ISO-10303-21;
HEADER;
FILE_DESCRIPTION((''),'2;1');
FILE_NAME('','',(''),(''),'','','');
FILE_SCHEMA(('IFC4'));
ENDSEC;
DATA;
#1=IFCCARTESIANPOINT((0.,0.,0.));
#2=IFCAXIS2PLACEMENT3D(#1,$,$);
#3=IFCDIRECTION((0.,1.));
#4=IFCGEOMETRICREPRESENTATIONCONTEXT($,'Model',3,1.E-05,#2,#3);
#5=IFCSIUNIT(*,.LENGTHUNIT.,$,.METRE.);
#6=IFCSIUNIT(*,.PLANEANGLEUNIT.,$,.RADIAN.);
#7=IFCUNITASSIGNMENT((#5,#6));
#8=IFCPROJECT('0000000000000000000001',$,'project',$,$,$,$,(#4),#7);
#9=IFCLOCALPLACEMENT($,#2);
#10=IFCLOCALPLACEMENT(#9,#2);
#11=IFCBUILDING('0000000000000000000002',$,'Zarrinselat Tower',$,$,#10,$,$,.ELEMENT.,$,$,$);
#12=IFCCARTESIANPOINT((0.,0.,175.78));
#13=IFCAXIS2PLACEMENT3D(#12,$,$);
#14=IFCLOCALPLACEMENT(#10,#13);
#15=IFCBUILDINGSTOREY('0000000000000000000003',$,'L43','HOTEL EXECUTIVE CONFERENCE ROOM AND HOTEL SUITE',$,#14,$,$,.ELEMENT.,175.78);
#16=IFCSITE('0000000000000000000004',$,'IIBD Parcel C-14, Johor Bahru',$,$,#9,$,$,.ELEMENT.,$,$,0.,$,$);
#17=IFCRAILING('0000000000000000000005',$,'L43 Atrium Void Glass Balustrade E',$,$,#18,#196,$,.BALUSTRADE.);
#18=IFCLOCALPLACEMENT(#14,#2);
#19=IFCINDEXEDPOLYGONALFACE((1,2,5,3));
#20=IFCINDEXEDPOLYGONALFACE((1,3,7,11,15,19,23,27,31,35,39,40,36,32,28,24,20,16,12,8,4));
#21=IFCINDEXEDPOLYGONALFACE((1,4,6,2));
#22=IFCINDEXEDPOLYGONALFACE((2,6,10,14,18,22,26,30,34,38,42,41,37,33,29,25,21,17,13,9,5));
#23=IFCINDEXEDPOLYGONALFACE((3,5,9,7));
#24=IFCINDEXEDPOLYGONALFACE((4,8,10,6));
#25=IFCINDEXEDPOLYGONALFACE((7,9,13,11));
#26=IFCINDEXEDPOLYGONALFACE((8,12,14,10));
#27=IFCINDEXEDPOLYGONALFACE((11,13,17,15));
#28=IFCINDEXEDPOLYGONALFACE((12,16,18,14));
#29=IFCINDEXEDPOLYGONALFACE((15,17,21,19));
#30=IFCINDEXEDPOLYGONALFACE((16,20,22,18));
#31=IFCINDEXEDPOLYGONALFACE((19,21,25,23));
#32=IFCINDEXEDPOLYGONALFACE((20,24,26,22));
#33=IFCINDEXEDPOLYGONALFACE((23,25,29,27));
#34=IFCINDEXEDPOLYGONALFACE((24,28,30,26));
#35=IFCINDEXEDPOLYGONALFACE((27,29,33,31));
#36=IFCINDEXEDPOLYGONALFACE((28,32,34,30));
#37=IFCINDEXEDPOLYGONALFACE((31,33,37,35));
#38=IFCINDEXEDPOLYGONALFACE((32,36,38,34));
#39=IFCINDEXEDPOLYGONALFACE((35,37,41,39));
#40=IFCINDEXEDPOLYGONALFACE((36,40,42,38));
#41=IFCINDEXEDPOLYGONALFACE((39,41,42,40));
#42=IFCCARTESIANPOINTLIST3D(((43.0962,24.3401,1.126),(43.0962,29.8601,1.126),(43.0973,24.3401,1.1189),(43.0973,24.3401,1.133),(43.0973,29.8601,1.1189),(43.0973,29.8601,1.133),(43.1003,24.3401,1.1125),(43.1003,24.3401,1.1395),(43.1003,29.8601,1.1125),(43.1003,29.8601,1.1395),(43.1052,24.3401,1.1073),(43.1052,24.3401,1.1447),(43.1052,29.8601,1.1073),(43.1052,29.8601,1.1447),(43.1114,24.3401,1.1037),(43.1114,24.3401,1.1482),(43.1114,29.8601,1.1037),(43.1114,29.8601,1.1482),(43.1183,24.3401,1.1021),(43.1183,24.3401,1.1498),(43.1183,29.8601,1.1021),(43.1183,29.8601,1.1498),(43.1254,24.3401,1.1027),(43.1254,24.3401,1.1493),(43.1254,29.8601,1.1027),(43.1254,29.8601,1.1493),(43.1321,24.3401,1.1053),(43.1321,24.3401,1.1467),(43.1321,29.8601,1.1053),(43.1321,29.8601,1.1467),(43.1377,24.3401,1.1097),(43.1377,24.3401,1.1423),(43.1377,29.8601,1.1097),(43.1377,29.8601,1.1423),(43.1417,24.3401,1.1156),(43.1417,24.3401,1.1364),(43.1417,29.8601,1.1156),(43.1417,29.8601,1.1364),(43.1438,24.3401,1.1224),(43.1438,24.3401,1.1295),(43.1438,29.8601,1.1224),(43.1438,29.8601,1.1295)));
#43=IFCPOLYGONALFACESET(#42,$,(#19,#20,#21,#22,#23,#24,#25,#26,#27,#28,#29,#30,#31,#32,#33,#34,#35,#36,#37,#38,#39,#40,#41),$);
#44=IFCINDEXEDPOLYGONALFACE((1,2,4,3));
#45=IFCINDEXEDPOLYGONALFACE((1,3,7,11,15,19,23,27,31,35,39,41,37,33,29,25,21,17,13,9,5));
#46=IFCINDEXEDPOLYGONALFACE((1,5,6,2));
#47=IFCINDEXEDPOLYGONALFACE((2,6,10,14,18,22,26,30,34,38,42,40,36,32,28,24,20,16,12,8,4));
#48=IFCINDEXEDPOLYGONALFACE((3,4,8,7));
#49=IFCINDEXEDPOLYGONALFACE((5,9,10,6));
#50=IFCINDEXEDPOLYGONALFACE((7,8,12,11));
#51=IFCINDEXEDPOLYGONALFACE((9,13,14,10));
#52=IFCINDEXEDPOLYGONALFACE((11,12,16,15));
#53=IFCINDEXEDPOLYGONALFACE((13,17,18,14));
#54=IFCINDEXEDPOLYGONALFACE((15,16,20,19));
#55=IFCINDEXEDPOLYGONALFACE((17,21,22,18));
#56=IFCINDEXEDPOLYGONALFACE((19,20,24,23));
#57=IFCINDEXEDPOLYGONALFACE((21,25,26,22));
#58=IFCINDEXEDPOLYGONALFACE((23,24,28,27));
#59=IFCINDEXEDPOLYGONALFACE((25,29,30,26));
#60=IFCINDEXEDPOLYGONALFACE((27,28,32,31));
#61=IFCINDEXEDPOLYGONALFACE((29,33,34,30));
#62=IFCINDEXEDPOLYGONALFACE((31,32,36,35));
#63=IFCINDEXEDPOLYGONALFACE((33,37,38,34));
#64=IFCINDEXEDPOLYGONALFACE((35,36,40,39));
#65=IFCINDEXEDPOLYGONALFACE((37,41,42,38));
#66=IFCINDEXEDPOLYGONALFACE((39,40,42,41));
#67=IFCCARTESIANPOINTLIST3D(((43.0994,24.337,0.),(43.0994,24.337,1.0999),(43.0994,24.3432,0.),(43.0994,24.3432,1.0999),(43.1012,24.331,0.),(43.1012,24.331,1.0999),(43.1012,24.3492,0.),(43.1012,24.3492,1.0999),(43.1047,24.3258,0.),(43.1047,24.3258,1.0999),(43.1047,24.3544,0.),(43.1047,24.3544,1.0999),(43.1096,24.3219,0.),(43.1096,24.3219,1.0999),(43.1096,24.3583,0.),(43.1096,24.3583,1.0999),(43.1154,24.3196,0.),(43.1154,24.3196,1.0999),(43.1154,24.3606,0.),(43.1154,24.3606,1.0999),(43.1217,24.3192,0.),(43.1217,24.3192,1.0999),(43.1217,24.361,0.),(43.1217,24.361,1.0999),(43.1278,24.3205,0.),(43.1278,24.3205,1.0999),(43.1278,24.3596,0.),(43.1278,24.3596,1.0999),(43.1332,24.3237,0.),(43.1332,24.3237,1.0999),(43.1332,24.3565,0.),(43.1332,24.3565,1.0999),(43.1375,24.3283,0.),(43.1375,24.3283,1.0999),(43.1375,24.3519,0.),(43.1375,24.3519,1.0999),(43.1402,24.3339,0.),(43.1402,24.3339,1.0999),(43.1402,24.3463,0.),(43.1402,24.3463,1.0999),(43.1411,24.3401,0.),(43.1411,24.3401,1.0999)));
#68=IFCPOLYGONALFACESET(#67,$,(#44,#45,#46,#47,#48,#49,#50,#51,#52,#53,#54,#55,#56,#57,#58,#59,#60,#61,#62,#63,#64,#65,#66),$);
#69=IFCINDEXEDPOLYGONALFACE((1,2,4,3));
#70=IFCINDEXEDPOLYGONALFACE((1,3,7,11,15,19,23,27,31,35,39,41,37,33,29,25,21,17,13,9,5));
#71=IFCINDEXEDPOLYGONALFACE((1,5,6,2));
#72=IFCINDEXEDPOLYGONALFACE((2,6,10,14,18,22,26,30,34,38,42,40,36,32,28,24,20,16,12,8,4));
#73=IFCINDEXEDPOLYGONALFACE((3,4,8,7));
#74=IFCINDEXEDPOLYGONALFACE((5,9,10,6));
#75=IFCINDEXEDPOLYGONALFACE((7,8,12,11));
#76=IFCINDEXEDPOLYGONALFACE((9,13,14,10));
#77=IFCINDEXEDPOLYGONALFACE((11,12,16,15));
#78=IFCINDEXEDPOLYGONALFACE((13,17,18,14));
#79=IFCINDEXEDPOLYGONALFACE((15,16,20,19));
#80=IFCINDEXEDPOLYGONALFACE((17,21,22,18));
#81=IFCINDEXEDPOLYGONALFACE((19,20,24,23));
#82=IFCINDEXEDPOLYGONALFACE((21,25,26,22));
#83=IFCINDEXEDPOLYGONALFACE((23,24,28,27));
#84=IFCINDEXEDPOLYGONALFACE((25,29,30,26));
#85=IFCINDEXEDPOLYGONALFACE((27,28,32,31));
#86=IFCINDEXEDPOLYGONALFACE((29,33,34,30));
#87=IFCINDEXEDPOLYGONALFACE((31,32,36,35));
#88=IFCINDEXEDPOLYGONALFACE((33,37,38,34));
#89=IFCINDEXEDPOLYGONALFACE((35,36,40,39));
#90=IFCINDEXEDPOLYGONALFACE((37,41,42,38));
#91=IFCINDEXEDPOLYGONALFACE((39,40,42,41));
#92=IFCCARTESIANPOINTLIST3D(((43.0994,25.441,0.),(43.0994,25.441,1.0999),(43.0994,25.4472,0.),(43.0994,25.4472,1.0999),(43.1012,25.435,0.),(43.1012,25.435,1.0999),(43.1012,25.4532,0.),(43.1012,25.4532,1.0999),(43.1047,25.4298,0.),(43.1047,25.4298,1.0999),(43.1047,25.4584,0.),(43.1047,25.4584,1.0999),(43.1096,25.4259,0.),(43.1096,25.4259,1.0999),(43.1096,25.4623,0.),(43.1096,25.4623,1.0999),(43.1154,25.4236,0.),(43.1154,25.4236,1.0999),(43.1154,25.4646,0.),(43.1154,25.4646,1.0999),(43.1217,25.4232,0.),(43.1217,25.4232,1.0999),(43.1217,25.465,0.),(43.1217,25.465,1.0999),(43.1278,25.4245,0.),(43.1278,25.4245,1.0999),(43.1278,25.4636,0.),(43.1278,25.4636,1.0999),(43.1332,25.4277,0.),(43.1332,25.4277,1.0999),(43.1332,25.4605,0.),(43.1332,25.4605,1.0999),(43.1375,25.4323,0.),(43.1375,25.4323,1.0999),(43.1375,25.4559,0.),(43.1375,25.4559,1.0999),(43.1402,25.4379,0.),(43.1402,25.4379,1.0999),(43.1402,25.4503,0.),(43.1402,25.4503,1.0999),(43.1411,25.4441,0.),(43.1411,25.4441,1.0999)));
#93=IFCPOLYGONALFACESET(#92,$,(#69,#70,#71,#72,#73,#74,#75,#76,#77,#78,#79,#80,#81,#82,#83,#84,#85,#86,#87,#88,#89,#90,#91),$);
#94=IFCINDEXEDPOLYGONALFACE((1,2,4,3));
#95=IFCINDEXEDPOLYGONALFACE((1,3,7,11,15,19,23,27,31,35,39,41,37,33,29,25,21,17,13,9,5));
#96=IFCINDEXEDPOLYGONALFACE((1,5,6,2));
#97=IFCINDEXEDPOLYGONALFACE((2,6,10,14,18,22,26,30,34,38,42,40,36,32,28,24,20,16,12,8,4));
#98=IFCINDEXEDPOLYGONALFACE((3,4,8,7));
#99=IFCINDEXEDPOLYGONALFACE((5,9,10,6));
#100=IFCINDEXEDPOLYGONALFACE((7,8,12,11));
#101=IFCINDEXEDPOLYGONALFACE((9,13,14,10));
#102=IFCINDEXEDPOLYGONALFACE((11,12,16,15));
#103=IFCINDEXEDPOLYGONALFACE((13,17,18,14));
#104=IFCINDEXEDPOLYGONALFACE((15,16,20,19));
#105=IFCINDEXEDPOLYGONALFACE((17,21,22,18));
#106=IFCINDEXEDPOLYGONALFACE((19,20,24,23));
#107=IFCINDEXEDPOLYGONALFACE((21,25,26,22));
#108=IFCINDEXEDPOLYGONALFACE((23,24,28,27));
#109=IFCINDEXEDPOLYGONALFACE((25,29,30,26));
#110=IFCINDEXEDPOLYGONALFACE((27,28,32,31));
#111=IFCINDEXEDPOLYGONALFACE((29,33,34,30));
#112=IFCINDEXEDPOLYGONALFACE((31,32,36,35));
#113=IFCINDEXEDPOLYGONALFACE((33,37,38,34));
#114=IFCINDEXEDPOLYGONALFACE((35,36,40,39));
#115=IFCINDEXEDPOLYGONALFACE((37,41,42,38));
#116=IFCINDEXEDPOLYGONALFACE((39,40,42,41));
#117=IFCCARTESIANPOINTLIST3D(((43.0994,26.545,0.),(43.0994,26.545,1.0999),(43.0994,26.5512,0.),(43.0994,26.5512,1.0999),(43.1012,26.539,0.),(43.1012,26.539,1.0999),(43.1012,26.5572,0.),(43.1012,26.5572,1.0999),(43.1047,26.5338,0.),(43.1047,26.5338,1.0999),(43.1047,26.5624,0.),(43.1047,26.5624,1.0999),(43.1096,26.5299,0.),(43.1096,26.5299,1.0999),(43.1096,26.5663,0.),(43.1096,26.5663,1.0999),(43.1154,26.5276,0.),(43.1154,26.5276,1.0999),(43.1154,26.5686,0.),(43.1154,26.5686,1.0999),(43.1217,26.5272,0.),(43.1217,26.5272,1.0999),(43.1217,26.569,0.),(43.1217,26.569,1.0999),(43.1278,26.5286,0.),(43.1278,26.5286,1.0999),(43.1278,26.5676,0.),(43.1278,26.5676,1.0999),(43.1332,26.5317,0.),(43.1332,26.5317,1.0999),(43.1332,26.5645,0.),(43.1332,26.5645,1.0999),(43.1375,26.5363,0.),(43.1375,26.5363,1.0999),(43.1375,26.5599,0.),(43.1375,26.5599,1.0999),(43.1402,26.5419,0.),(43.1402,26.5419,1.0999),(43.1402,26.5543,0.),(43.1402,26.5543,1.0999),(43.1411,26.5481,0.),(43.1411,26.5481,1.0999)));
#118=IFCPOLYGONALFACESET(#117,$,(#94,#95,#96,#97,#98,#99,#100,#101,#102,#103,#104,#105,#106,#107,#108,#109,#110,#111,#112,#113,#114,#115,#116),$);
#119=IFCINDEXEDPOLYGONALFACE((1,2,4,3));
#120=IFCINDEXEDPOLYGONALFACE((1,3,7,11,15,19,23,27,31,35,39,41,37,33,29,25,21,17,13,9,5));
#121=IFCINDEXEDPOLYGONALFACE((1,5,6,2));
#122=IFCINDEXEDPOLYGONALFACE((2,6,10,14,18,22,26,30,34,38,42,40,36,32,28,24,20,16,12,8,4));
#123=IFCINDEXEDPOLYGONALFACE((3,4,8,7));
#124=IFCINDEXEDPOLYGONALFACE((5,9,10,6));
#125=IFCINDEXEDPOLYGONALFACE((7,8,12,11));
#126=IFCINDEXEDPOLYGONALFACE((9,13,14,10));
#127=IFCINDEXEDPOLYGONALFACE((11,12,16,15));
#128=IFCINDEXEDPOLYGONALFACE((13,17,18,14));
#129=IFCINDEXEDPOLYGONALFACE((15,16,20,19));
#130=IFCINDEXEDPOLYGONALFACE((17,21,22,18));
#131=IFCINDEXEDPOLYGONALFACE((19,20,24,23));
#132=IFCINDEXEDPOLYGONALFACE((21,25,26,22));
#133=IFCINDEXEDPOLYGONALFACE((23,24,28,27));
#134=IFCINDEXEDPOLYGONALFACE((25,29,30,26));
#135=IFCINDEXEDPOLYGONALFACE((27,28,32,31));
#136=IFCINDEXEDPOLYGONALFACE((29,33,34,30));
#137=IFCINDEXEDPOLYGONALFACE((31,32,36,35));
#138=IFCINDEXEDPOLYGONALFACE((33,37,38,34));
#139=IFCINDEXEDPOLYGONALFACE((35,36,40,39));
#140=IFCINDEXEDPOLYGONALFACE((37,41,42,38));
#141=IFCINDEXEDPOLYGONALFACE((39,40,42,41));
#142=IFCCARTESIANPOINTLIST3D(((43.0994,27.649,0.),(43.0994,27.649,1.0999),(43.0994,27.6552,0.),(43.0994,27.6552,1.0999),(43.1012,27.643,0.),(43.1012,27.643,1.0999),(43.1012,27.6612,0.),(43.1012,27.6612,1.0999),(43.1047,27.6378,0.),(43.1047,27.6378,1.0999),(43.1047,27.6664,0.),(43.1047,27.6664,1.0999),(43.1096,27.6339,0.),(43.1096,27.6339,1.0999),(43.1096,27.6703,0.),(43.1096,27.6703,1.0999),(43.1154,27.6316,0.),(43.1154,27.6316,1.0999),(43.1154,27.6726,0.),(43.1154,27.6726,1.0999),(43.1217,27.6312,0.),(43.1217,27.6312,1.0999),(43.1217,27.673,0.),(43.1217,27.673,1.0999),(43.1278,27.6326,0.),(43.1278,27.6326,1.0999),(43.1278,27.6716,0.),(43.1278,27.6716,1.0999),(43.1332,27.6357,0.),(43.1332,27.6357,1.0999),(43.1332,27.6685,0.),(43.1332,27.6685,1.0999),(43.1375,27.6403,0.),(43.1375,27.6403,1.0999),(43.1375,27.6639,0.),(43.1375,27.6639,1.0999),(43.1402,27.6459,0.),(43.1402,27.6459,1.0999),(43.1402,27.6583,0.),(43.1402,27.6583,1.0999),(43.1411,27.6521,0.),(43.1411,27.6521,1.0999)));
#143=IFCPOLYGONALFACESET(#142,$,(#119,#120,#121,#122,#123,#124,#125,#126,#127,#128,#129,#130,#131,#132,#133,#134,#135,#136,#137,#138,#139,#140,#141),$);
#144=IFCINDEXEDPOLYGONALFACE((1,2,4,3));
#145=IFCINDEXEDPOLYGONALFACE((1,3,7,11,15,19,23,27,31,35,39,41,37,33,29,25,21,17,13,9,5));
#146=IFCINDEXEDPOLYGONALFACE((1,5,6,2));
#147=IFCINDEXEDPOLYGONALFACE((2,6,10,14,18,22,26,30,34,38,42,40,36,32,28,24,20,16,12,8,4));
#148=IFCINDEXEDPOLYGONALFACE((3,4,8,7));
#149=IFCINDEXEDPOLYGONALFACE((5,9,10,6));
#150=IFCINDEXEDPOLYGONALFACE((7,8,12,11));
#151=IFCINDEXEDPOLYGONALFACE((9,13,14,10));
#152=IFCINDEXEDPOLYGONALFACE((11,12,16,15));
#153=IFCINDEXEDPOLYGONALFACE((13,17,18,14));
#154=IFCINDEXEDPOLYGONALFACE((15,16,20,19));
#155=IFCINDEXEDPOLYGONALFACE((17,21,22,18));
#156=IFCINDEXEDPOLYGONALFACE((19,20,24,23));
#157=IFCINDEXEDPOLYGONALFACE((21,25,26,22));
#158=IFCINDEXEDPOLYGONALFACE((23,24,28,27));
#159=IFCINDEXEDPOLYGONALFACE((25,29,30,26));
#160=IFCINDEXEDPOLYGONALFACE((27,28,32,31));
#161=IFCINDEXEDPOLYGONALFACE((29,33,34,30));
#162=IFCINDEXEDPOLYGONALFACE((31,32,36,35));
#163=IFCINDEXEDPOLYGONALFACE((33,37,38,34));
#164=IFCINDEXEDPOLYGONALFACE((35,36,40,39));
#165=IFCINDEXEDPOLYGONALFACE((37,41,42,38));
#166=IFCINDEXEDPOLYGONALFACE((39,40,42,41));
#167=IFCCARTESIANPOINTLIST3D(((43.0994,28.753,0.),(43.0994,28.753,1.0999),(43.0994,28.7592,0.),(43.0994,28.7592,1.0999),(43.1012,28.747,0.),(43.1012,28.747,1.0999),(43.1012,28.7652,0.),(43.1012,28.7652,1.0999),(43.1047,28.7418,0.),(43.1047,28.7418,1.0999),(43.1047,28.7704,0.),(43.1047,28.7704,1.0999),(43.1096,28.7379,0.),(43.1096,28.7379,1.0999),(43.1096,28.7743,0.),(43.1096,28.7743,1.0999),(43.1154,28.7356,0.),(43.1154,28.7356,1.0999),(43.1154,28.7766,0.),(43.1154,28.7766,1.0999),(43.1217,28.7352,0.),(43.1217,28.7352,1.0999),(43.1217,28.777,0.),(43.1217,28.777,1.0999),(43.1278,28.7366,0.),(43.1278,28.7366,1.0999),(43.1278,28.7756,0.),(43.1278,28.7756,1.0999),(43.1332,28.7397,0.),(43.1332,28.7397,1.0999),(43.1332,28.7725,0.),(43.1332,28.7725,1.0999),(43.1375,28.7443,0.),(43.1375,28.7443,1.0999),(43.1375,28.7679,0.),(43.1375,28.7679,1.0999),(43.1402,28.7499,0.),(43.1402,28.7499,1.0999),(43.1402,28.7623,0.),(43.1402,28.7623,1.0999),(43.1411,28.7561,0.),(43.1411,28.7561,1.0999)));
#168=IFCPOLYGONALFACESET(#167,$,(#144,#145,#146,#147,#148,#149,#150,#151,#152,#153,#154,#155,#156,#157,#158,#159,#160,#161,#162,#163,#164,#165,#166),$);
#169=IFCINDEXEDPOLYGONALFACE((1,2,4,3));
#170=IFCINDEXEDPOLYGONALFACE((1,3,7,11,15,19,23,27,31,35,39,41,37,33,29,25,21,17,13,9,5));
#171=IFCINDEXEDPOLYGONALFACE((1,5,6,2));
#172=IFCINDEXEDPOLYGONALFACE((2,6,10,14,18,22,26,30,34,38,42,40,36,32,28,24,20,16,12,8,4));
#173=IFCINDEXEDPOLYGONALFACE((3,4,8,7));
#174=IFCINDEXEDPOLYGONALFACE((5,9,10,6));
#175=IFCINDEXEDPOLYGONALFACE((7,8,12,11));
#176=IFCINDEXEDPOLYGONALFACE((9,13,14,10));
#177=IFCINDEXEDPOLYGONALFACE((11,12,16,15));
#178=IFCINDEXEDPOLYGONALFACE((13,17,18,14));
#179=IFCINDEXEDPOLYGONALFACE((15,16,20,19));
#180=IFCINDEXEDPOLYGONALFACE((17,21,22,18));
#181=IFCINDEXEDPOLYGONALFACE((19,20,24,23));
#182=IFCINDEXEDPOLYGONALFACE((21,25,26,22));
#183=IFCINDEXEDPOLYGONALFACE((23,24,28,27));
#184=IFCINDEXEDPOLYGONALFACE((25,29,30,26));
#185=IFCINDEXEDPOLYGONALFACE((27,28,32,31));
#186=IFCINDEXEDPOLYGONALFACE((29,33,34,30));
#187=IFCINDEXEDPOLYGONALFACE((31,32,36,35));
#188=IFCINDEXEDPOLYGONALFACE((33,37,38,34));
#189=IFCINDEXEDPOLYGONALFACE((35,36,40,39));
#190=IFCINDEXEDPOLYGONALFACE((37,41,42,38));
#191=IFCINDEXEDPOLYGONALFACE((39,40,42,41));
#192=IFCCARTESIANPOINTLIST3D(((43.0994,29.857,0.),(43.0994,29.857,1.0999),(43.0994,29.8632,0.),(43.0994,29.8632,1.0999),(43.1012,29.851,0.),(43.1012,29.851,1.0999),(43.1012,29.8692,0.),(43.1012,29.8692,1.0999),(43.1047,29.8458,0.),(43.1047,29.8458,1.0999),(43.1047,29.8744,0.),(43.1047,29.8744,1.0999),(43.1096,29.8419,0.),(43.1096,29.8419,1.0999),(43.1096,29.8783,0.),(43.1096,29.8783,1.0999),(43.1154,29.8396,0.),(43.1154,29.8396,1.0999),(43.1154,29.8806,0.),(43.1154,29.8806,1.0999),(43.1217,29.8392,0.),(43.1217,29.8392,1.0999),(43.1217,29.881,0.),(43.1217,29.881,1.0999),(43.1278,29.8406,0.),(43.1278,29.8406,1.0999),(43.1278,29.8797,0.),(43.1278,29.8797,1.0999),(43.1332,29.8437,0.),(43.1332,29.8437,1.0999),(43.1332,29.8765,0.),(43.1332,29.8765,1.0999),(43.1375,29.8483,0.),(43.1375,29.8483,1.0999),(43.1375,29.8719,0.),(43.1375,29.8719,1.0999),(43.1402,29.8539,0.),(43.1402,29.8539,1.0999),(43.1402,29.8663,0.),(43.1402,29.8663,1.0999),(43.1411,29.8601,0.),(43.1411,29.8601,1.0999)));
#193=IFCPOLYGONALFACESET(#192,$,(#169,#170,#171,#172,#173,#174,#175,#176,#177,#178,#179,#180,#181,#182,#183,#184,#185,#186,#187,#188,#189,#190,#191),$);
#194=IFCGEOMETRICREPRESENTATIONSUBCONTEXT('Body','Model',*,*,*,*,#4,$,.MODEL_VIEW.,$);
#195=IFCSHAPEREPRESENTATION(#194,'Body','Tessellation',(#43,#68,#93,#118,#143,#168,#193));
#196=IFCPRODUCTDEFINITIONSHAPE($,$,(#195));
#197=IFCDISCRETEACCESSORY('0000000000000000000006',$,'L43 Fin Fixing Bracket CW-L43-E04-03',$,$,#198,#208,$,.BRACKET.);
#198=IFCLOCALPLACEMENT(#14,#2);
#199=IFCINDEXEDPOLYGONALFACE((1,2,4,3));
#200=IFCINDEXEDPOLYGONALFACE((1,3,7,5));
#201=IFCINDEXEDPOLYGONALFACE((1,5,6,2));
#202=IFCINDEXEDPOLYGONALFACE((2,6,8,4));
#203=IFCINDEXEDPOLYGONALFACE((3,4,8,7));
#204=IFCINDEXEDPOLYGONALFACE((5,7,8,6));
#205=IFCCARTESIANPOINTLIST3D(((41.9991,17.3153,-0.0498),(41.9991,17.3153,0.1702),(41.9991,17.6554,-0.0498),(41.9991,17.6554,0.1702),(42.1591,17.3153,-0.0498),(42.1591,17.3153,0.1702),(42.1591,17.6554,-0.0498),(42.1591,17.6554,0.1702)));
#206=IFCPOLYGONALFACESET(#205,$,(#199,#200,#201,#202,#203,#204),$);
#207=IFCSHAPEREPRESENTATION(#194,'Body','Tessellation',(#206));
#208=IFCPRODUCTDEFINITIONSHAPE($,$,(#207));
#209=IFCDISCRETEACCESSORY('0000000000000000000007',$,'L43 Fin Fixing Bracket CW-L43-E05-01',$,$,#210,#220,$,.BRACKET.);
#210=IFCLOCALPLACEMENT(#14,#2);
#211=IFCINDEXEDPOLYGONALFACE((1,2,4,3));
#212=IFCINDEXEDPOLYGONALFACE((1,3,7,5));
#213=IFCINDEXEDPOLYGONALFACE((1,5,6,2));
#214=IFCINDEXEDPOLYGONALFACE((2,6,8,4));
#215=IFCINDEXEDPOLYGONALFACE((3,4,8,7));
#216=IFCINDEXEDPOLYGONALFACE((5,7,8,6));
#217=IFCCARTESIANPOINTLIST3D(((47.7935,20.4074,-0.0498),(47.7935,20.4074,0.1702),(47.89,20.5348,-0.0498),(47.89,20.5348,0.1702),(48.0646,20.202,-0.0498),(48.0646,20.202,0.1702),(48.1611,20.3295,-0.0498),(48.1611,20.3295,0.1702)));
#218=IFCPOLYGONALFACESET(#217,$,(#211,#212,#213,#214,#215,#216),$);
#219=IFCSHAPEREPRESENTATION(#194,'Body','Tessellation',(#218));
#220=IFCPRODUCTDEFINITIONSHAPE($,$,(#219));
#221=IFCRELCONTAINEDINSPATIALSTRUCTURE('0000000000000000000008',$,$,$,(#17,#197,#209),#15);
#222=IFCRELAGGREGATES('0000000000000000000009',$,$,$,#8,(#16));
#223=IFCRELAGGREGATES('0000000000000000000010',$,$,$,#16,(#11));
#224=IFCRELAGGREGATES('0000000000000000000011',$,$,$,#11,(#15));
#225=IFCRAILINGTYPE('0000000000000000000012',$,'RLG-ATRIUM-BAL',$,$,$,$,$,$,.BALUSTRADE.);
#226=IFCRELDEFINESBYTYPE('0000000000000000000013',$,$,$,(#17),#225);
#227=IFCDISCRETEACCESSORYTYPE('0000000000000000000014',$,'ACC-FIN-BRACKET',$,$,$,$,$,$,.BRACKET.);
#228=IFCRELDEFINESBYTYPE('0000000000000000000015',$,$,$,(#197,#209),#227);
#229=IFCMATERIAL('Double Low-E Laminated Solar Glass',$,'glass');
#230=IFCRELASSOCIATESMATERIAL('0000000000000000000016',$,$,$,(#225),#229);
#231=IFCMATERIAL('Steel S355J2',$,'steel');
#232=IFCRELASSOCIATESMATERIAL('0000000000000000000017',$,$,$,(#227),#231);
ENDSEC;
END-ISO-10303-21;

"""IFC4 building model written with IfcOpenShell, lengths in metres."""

from ifc_helpers import new_model, si_unit, direction, frame, origin, origin_2d, place, context, subcontext, project, spatial, rectangle, circle, extrude, material, type_object, element, save


model = new_model("IFC4")

# Units and contexts
model_context = context("Model", 3, precision=1e-05, world=origin(), true_north=direction((0.0, 1.0)))
body_context = subcontext(model_context, "Body", "Model", "MODEL_VIEW")
ifc_project = project(units=[si_unit("LENGTHUNIT", "METRE"), si_unit("PLANEANGLEUNIT", "RADIAN")], contexts=[model_context])

# Site, building, storey
site_placement = place(None, origin())
site = spatial("IfcSite", under=ifc_project, at=site_placement, Name="IIBD Parcel C-14, Johor Bahru", CompositionType="ELEMENT", RefElevation=0.0)
building_placement = place(site_placement, origin())
building = spatial("IfcBuilding", under=site, at=building_placement, Name="Zarrinselat Tower", CompositionType="ELEMENT")
storey_placement = place(building_placement, frame((0.0, 0.0, 175.78)))
storey = spatial("IfcBuildingStorey", under=building, at=storey_placement, Name="L43", Description="HOTEL EXECUTIVE CONFERENCE ROOM AND HOTEL SUITE", CompositionType="ELEMENT", Elevation=175.78)

# Railing
ifc_material_1 = material(Name="Double Low-E Laminated Solar Glass", Category="glass")
railing_type = type_object("IfcRailingType", Name="RLG-ATRIUM-BAL", PredefinedType="BALUSTRADE", material=ifc_material_1)
railing_placement = place(storey_placement, frame((43.1201, 24.3401, 0.0)))
element("IfcRailing", 1, at=railing_placement, inside=storey, type_object=railing_type, Name="L43 Atrium Void Glass Balustrade E", PredefinedType="BALUSTRADE", context=body_context, shape_type="SweptSolid", body=[
    extrude(circle(Radius=0.0239, at=origin_2d()), frame((0.0, 0.0, 1.126), z_axis=(0.0, 1.0, 0.0), x_axis=(-1.0, 0.0, 0.0)), (0.0, 0.0, 1.0), 5.52),
    extrude(circle(Radius=0.021, at=origin_2d()), origin(), (0.0, 0.0, 1.0), 1.0999),
    extrude(circle(Radius=0.021, at=origin_2d()), frame((0.0, 1.104, 0.0)), (0.0, 0.0, 1.0), 1.0999),
    extrude(circle(Radius=0.021, at=origin_2d()), frame((0.0, 2.208, 0.0)), (0.0, 0.0, 1.0), 1.0999),
    extrude(circle(Radius=0.021, at=origin_2d()), frame((0.0, 3.312, 0.0)), (0.0, 0.0, 1.0), 1.0999),
    extrude(circle(Radius=0.021, at=origin_2d()), frame((0.0, 4.416, 0.0)), (0.0, 0.0, 1.0), 1.0999),
    extrude(circle(Radius=0.021, at=origin_2d()), frame((0.0, 5.52, 0.0)), (0.0, 0.0, 1.0), 1.0999),
])

# Discrete accessories
ifc_material_2 = material(Name="Steel S355J2", Category="steel")
discrete_accessory_type = type_object("IfcDiscreteAccessoryType", Name="ACC-FIN-BRACKET", PredefinedType="BRACKET", material=ifc_material_2)
for number, where, z_axis, x_axis, name in (
    (2, (42.0791, 17.4854, -0.0498), (0.0, 0.0, 1.0), (0.0, -1.0, 0.0), "L43 Fin Fixing Bracket CW-L43-E04-03"),
    (3, (47.9773, 20.3684, -0.0498), (0.0, 0.0, 1.0), (0.797091, -0.603859, 0.0), "L43 Fin Fixing Bracket CW-L43-E05-01"),
):
    element("IfcDiscreteAccessory", number, at=place(storey_placement, frame(where, z_axis=z_axis, x_axis=x_axis)), inside=storey, type_object=discrete_accessory_type, Name=name, PredefinedType="BRACKET", context=body_context, shape_type="SweptSolid", body=[
        extrude(rectangle(XDim=0.3401, YDim=0.1599, at=origin_2d()), origin(), (0.0, 0.0, 1.0), 0.22),
    ])

save(model, "model.ifc")
